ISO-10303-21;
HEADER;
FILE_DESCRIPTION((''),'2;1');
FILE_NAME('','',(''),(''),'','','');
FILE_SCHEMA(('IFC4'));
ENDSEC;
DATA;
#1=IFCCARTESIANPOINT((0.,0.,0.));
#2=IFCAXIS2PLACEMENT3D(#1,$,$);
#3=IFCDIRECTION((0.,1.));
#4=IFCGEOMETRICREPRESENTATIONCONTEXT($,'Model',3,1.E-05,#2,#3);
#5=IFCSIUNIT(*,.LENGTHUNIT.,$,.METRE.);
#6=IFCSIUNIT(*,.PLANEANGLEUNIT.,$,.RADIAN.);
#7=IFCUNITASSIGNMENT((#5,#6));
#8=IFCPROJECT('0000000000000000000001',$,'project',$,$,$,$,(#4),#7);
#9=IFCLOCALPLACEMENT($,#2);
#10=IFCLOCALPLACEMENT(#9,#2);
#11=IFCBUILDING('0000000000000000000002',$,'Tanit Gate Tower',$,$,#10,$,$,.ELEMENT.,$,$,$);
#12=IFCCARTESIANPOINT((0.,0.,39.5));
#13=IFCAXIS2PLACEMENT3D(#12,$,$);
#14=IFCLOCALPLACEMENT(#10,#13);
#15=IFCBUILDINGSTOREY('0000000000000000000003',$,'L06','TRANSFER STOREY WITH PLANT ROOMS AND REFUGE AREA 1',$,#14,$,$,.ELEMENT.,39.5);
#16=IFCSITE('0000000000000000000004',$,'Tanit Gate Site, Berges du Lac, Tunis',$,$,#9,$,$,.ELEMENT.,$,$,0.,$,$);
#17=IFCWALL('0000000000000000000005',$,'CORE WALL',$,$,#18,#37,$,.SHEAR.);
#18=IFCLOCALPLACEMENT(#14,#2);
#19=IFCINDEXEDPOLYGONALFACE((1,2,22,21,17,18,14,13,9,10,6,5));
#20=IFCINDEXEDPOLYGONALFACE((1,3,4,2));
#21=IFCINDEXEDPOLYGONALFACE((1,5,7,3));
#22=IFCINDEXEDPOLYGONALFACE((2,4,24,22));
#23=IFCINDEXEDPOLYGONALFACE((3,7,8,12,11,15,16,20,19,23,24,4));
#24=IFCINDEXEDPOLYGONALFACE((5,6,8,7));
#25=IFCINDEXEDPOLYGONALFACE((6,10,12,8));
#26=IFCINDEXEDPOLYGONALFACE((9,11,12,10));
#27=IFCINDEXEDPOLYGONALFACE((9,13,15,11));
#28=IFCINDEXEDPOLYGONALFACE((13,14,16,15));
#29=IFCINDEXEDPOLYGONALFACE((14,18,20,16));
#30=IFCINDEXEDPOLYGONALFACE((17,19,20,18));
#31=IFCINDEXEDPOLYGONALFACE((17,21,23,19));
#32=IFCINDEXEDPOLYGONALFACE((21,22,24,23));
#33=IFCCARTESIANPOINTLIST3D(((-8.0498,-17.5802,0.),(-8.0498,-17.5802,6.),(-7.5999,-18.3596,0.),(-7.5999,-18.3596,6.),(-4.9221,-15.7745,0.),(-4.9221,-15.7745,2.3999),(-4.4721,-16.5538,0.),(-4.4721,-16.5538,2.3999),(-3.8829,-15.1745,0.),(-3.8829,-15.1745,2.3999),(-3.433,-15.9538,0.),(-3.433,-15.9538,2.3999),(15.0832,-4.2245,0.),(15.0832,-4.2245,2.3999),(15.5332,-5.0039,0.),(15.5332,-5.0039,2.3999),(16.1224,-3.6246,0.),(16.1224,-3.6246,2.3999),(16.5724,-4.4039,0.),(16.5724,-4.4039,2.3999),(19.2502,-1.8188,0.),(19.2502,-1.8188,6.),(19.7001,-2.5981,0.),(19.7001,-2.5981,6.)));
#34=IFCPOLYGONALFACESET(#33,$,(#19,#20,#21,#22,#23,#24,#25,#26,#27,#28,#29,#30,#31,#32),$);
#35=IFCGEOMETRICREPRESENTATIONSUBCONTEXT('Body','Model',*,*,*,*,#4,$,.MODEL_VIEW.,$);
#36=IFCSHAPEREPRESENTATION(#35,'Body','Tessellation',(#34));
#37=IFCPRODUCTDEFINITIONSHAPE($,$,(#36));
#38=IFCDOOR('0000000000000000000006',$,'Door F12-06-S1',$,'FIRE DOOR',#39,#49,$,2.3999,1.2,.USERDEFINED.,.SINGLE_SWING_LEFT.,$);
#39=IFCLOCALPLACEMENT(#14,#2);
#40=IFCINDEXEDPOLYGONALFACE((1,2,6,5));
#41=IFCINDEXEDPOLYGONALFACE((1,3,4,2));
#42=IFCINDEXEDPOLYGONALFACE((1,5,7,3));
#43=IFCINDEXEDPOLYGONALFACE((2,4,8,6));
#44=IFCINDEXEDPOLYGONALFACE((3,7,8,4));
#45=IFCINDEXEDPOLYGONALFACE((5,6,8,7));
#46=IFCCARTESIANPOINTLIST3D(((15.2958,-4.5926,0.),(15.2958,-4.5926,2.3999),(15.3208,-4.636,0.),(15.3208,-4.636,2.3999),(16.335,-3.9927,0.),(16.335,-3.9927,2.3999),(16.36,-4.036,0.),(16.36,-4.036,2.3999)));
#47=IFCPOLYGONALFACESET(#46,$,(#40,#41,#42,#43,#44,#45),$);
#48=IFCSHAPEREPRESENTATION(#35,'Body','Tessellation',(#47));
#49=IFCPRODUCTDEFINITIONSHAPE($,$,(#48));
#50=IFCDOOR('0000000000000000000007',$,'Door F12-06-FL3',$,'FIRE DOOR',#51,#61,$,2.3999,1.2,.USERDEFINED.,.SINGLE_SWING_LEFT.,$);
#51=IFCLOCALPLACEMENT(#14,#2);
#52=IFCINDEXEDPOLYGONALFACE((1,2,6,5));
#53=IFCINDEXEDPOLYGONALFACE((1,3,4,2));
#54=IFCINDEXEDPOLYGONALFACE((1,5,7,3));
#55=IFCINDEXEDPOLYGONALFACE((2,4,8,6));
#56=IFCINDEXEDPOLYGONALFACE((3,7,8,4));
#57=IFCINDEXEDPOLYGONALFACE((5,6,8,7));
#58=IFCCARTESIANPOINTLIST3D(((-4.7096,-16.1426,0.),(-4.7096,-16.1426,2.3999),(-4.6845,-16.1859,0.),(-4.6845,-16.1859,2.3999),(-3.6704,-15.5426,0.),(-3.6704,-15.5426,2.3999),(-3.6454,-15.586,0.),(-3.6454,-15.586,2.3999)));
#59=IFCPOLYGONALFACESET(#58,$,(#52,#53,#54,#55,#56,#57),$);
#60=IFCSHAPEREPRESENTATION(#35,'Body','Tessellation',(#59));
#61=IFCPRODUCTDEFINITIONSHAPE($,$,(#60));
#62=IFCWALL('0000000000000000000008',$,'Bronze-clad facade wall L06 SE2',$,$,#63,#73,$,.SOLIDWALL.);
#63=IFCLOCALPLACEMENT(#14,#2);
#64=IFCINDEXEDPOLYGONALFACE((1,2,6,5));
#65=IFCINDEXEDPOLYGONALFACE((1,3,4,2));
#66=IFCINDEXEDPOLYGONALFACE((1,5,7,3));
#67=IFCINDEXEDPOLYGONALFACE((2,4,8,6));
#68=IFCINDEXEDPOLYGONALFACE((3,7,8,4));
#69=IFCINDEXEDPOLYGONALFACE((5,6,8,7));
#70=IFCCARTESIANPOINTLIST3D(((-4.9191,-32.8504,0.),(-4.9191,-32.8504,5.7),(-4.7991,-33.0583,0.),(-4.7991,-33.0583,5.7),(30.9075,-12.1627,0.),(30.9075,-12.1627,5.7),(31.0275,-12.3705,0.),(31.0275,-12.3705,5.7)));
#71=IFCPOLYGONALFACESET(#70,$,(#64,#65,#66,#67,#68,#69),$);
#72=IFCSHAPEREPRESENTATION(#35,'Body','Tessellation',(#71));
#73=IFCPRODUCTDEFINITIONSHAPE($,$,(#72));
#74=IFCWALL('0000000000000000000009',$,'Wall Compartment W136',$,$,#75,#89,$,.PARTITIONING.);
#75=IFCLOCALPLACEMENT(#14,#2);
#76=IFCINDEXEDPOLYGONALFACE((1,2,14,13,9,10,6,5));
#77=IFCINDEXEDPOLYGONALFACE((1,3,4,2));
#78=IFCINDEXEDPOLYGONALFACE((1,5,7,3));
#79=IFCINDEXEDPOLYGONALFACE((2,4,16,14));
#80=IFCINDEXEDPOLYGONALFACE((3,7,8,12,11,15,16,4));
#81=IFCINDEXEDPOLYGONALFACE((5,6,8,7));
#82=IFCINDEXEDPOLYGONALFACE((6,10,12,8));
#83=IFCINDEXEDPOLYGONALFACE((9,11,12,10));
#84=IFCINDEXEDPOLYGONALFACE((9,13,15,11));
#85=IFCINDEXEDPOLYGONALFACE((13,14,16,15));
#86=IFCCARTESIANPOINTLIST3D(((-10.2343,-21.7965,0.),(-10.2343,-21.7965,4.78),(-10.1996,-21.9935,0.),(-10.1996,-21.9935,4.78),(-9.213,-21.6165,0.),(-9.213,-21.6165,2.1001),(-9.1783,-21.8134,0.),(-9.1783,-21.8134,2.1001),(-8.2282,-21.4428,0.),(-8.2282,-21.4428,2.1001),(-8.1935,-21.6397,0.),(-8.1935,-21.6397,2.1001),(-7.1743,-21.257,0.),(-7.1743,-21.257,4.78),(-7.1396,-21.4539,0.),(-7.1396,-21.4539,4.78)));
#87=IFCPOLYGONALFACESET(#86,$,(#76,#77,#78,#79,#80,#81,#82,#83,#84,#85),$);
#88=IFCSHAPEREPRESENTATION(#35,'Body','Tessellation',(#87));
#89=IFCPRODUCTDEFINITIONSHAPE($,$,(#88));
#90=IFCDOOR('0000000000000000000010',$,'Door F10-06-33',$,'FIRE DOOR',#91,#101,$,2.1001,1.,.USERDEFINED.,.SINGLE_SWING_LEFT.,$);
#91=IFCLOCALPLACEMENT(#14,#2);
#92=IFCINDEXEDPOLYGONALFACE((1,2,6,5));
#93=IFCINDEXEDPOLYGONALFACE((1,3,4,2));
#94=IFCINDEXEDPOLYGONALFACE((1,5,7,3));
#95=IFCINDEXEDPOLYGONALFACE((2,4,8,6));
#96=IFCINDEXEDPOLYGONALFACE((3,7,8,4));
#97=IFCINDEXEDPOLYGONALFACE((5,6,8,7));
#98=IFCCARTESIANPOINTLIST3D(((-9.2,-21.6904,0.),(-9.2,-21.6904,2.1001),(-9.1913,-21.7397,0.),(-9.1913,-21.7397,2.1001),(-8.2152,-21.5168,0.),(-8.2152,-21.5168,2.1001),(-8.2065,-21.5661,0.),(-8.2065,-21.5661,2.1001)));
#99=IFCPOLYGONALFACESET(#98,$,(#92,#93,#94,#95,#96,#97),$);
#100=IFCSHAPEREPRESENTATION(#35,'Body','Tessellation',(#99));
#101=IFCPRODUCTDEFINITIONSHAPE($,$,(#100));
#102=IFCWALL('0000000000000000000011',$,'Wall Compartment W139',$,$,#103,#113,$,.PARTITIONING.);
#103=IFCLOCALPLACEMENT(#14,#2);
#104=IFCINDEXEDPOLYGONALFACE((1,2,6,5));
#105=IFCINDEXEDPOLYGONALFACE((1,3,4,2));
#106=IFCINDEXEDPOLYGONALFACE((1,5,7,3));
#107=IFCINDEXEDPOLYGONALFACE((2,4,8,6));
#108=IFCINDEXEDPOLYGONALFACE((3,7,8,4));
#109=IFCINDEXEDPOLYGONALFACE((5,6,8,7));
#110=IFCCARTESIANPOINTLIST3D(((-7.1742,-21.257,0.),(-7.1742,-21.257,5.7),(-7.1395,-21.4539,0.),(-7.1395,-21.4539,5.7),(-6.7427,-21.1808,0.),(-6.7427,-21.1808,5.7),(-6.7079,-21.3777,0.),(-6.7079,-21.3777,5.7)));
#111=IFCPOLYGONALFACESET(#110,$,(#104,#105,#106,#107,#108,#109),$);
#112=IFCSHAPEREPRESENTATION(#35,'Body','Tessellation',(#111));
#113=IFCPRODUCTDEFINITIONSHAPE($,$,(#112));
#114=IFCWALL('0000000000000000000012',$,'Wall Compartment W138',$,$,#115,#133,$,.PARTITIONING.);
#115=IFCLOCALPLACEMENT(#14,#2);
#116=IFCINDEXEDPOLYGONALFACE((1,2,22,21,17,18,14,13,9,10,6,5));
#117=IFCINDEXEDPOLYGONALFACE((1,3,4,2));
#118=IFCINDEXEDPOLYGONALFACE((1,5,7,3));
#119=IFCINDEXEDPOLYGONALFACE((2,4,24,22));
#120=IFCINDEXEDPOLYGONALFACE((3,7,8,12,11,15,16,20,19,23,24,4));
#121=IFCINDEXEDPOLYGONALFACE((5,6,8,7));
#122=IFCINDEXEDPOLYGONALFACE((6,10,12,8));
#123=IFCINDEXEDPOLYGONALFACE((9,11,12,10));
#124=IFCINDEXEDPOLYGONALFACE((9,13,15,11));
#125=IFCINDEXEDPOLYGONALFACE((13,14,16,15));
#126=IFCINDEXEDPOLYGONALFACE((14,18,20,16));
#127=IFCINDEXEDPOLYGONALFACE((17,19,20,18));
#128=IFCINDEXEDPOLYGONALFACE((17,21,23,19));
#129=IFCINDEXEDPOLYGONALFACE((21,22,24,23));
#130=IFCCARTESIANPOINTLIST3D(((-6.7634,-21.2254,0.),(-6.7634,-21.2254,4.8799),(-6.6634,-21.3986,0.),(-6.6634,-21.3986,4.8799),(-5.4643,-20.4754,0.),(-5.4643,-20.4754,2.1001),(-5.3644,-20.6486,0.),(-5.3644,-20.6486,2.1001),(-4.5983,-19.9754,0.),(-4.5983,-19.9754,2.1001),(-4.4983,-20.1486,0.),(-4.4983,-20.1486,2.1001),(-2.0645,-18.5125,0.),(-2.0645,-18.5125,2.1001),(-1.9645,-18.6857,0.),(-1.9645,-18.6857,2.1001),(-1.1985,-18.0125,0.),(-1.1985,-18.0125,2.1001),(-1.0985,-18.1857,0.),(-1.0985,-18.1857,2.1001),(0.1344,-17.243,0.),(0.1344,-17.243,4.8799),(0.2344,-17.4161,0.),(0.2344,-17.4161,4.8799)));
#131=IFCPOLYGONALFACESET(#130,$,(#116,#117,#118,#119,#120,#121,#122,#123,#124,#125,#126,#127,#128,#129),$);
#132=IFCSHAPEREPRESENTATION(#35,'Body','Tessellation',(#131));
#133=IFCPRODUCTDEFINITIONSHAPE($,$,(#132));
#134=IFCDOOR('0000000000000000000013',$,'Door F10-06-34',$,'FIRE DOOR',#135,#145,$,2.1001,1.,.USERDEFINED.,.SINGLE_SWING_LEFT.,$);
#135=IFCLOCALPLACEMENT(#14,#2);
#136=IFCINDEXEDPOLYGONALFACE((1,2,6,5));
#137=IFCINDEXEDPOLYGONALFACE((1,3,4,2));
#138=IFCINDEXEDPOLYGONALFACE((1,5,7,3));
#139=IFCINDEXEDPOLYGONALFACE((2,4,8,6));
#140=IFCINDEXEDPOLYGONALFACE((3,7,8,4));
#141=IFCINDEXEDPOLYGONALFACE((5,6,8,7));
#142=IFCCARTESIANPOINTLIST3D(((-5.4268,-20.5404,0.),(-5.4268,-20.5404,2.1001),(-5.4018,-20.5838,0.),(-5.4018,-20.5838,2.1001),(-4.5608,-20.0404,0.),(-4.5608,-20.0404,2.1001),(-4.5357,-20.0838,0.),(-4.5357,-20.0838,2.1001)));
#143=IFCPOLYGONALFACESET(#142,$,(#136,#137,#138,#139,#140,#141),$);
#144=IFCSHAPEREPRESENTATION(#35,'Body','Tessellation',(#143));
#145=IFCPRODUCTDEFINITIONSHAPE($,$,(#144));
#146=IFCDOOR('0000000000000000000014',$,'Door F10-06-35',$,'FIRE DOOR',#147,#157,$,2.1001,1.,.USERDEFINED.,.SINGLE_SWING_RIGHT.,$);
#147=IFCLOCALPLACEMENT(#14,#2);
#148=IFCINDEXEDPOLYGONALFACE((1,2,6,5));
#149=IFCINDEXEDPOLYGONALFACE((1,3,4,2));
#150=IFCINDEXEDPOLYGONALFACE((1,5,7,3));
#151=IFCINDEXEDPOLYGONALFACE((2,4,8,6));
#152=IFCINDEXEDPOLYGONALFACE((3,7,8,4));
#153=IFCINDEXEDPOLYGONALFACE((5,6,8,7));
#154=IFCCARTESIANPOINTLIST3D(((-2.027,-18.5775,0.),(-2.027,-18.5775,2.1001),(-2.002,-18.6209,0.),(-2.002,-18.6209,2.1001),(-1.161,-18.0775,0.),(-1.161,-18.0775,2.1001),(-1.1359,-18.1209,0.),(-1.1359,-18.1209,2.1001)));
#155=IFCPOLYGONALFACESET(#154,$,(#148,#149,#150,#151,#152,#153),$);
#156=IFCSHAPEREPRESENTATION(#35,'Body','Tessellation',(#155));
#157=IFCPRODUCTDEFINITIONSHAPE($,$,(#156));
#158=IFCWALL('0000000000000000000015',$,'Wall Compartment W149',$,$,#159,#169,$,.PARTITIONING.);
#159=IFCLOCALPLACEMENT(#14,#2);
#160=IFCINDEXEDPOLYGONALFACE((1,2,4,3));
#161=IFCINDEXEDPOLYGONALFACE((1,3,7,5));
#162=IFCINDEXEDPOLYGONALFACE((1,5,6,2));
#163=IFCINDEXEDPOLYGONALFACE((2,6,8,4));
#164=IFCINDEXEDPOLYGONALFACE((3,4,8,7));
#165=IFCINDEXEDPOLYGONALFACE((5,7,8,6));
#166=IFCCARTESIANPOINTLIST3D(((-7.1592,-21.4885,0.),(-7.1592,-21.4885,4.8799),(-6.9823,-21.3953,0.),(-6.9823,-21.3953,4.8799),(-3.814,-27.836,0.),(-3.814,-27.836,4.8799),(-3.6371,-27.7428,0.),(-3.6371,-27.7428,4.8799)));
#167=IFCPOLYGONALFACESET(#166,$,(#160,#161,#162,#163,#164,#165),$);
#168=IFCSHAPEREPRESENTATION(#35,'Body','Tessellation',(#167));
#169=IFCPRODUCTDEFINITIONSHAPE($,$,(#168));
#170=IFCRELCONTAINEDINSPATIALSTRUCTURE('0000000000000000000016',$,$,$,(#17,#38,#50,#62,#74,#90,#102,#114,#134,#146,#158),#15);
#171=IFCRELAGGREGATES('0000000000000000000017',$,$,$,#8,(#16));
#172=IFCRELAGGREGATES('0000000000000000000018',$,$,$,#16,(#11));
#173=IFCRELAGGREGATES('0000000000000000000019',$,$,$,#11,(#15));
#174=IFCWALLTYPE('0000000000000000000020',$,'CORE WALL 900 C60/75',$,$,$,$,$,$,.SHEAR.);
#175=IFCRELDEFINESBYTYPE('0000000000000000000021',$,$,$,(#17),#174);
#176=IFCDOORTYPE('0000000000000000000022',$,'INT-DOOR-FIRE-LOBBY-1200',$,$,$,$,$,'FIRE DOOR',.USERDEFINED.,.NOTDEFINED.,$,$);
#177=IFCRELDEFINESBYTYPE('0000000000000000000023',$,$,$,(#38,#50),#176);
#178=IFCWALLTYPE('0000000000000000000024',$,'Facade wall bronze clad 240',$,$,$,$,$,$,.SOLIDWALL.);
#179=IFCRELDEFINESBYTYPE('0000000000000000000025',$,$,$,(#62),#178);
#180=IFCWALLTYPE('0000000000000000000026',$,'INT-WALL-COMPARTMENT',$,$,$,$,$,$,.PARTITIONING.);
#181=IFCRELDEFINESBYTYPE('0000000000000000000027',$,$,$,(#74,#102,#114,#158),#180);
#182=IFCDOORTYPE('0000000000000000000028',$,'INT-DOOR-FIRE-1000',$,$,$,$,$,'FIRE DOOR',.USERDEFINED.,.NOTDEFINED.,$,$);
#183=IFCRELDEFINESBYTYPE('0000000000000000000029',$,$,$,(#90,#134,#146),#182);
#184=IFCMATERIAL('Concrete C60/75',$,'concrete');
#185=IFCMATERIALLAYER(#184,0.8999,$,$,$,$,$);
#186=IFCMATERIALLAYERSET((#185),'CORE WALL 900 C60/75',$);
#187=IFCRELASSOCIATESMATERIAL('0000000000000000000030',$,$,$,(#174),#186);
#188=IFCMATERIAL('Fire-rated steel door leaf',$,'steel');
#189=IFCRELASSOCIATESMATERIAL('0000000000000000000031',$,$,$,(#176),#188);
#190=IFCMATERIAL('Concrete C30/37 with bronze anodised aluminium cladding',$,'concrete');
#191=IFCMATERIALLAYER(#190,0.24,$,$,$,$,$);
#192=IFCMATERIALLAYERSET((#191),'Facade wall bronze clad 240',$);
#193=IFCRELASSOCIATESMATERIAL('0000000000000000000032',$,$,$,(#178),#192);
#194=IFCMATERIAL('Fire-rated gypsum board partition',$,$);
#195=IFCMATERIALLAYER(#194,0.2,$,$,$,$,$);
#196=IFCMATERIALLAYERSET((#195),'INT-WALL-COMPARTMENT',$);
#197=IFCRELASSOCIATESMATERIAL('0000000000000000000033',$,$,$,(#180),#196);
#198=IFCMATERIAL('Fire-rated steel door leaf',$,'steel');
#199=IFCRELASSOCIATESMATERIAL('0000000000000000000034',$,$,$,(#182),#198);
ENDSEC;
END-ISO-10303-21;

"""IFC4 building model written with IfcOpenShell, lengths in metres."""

from ifc_helpers import new_model, si_unit, direction, frame, frame_2d, origin, place, context, subcontext, project, spatial, rectangle, extrude, material, layer, layer_set, type_object, element, fill, save


model = new_model("IFC4")

# Units and contexts
model_context = context("Model", 3, precision=1e-05, world=origin(), true_north=direction((0.0, 1.0)))
body_context = subcontext(model_context, "Body", "Model", "MODEL_VIEW")
ifc_project = project(units=[si_unit("LENGTHUNIT", "METRE"), si_unit("PLANEANGLEUNIT", "RADIAN")], contexts=[model_context])

# Site, building, storey
site_placement = place(None, origin())
site = spatial("IfcSite", under=ifc_project, at=site_placement, Name="Tanit Gate Site, Berges du Lac, Tunis", CompositionType="ELEMENT", RefElevation=0.0)
building_placement = place(site_placement, origin())
building = spatial("IfcBuilding", under=site, at=building_placement, Name="Tanit Gate Tower", CompositionType="ELEMENT")
storey_placement = place(building_placement, frame((0.0, 0.0, 39.5)))
storey = spatial("IfcBuildingStorey", under=building, at=storey_placement, Name="L06", Description="TRANSFER STOREY WITH PLANT ROOMS AND REFUGE AREA 1", CompositionType="ELEMENT", Elevation=39.5)

# Wall, openings, doors
ifc_material_1 = material(Name="Concrete C60/75", Category="concrete")
ifc_layer_1 = layer(ifc_material_1, 0.8999)
ifc_layer_set_1 = layer_set([ifc_layer_1], Name="CORE WALL 900 C60/75")
wall_type_1 = type_object("IfcWallType", Name="CORE WALL 900 C60/75", PredefinedType="SHEAR", material=ifc_layer_set_1)
wall_1_placement = place(storey_placement, frame((-7.825, -17.97, 0.0), z_axis=(0.0, 0.0, 1.0), x_axis=(0.866028, 0.499995, 0.0)))
wall_1 = element("IfcWall", 1, at=wall_1_placement, inside=storey, type_object=wall_type_1, Name="CORE WALL", PredefinedType="SHEAR", context=body_context, shape_type="SweptSolid", body=[
    extrude(rectangle(XDim=31.5232, YDim=0.8999, at=frame_2d((15.7617, 0.0))), origin(), (0.0, 0.0, 1.0), 6.0),
])
opening_1_placement = place(wall_1_placement, frame((26.7117, 0.0, 0.0)))
opening_1 = element("IfcOpeningElement", 2, at=opening_1_placement, cuts=wall_1, PredefinedType="OPENING", context=body_context, shape_type="SweptSolid", body=[
    extrude(rectangle(XDim=1.2, YDim=2.3999, at=frame_2d((0.6001, 1.2))), frame((0.0, 0.46, 0.0), z_axis=(0.0, -1.0, 0.0), x_axis=(1.0, 0.0, 0.0)), (0.0, 0.0, 1.0), 0.9199),
])
opening_2_placement = place(wall_1_placement, frame((3.6116, 0.0, 0.0)))
opening_2 = element("IfcOpeningElement", 3, at=opening_2_placement, cuts=wall_1, PredefinedType="OPENING", context=body_context, shape_type="SweptSolid", body=[
    extrude(rectangle(XDim=1.2, YDim=2.3999, at=frame_2d((0.6001, 1.2))), frame((0.0, 0.46, 0.0), z_axis=(0.0, -1.0, 0.0), x_axis=(1.0, 0.0, 0.0)), (0.0, 0.0, 1.0), 0.9199),
])
ifc_material_2 = material(Name="Fire-rated steel door leaf", Category="steel")
door_type_1 = type_object("IfcDoorType", Name="INT-DOOR-FIRE-LOBBY-1200", ElementType="FIRE DOOR", OperationType="NOTDEFINED", PredefinedType="USERDEFINED", material=ifc_material_2)
door_1_placement = place(opening_1_placement, origin())
door_1 = element("IfcDoor", 4, at=door_1_placement, inside=storey, type_object=door_type_1, Name="Door F12-06-S1", ObjectType="FIRE DOOR", OperationType="SINGLE_SWING_LEFT", OverallHeight=2.3999, OverallWidth=1.2, PredefinedType="USERDEFINED", context=body_context, shape_type="SweptSolid", body=[
    extrude(rectangle(XDim=1.2, YDim=2.3999, at=frame_2d((0.6001, 1.2))), frame((0.0, 0.0249, 0.0), z_axis=(0.0, -1.0, 0.0), x_axis=(1.0, 0.0, 0.0)), (0.0, 0.0, 1.0), 0.05),
])
fill(opening_1, door_1)
door_2_placement = place(opening_2_placement, origin())
door_2 = element("IfcDoor", 5, at=door_2_placement, inside=storey, type_object=door_type_1, Name="Door F12-06-FL3", ObjectType="FIRE DOOR", OperationType="SINGLE_SWING_LEFT", OverallHeight=2.3999, OverallWidth=1.2, PredefinedType="USERDEFINED", context=body_context, shape_type="SweptSolid", body=[
    extrude(rectangle(XDim=1.2, YDim=2.3999, at=frame_2d((0.6001, 1.2))), frame((0.0, 0.0249, 0.0), z_axis=(0.0, -1.0, 0.0), x_axis=(1.0, 0.0, 0.0)), (0.0, 0.0, 1.0), 0.05),
])
fill(opening_2, door_2)

# Wall
ifc_material_3 = material(Name="Concrete C30/37 with bronze anodised aluminium cladding", Category="concrete")
ifc_layer_2 = layer(ifc_material_3, 0.24)
ifc_layer_set_2 = layer_set([ifc_layer_2], Name="Facade wall bronze clad 240")
wall_type_2 = type_object("IfcWallType", Name="Facade wall bronze clad 240", PredefinedType="SOLIDWALL", material=ifc_layer_set_2)
wall_2_placement = place(storey_placement, frame((-4.8591, -32.9543, 0.0), z_axis=(0.0, 0.0, 1.0), x_axis=(0.865992, 0.500058, 0.0)))
element("IfcWall", 6, at=wall_2_placement, inside=storey, type_object=wall_type_2, Name="Bronze-clad facade wall L06 SE2", PredefinedType="SOLIDWALL", context=body_context, shape_type="SweptSolid", body=[
    extrude(rectangle(XDim=41.3706, YDim=0.24, at=frame_2d((20.6853, 0.0))), origin(), (0.0, 0.0, 1.0), 5.7),
])

# Wall, opening, door
ifc_material_4 = material(Name="Fire-rated gypsum board partition")
ifc_layer_3 = layer(ifc_material_4, 0.2)
ifc_layer_set_3 = layer_set([ifc_layer_3], Name="INT-WALL-COMPARTMENT")
wall_type_3 = type_object("IfcWallType", Name="INT-WALL-COMPARTMENT", PredefinedType="PARTITIONING", material=ifc_layer_set_3)
wall_3_placement = place(storey_placement, frame((-10.217, -21.895, 0.0), z_axis=(0.0, 0.0, 1.0), x_axis=(0.984809, 0.173642, 0.0)))
wall_3 = element("IfcWall", 7, at=wall_3_placement, inside=storey, type_object=wall_type_3, Name="Wall Compartment W136", PredefinedType="PARTITIONING", context=body_context, shape_type="SweptSolid", body=[
    extrude(rectangle(XDim=3.1072, YDim=0.2, at=frame_2d((1.5537, 0.0))), origin(), (0.0, 0.0, 1.0), 4.78),
])
opening_3_placement = place(wall_3_placement, frame((1.0371, 0.0, 0.0)))
opening_3 = element("IfcOpeningElement", 8, at=opening_3_placement, cuts=wall_3, PredefinedType="OPENING", context=body_context, shape_type="SweptSolid", body=[
    extrude(rectangle(XDim=1.0, YDim=2.1001, at=frame_2d((0.5, 1.05))), frame((0.0, 0.1099, 0.0), z_axis=(0.0, -1.0, 0.0), x_axis=(1.0, 0.0, 0.0)), (0.0, 0.0, 1.0), 0.22),
])
ifc_material_5 = material(Name="Fire-rated steel door leaf", Category="steel")
door_type_2 = type_object("IfcDoorType", Name="INT-DOOR-FIRE-1000", ElementType="FIRE DOOR", OperationType="NOTDEFINED", PredefinedType="USERDEFINED", material=ifc_material_5)
door_3_placement = place(opening_3_placement, origin())
door_3 = element("IfcDoor", 9, at=door_3_placement, inside=storey, type_object=door_type_2, Name="Door F10-06-33", ObjectType="FIRE DOOR", OperationType="SINGLE_SWING_LEFT", OverallHeight=2.1001, OverallWidth=1.0, PredefinedType="USERDEFINED", context=body_context, shape_type="SweptSolid", body=[
    extrude(rectangle(XDim=1.0, YDim=2.1001, at=frame_2d((0.5, 1.05))), frame((0.0, 0.0249, 0.0), z_axis=(0.0, -1.0, 0.0), x_axis=(1.0, 0.0, 0.0)), (0.0, 0.0, 1.0), 0.05),
])
fill(opening_3, door_3)

# Wall
wall_4_placement = place(storey_placement, frame((-7.157, -21.3555, 0.0), z_axis=(0.0, 0.0, 1.0), x_axis=(0.984784, 0.173785, 0.0)))
element("IfcWall", 10, at=wall_4_placement, inside=storey, type_object=wall_type_3, Name="Wall Compartment W139", PredefinedType="PARTITIONING", context=body_context, shape_type="SweptSolid", body=[
    extrude(rectangle(XDim=0.4382, YDim=0.2, at=frame_2d((0.2192, 0.0))), origin(), (0.0, 0.0, 1.0), 5.7),
])

# Wall, openings, doors
wall_5_placement = place(storey_placement, frame((-6.7134, -21.312, 0.0), z_axis=(0.0, 0.0, 1.0), x_axis=(0.866024, 0.500003, 0.0)))
wall_5 = element("IfcWall", 11, at=wall_5_placement, inside=storey, type_object=wall_type_3, Name="Wall Compartment W138", PredefinedType="PARTITIONING", context=body_context, shape_type="SweptSolid", body=[
    extrude(rectangle(XDim=7.9648, YDim=0.2, at=frame_2d((3.9824, 0.0))), origin(), (0.0, 0.0, 1.0), 4.8799),
])
opening_4_placement = place(wall_5_placement, frame((1.5, 0.0, 0.0)))
opening_4 = element("IfcOpeningElement", 12, at=opening_4_placement, cuts=wall_5, PredefinedType="OPENING", context=body_context, shape_type="SweptSolid", body=[
    extrude(rectangle(XDim=1.0, YDim=2.1001, at=frame_2d((0.5, 1.05))), frame((0.0, 0.1099, 0.0), z_axis=(0.0, -1.0, 0.0), x_axis=(1.0, 0.0, 0.0)), (0.0, 0.0, 1.0), 0.22),
])
opening_5_placement = place(wall_5_placement, frame((5.4258, 0.0, 0.0)))
opening_5 = element("IfcOpeningElement", 13, at=opening_5_placement, cuts=wall_5, PredefinedType="OPENING", context=body_context, shape_type="SweptSolid", body=[
    extrude(rectangle(XDim=1.0, YDim=2.1001, at=frame_2d((0.5, 1.05))), frame((0.0, 0.1099, 0.0), z_axis=(0.0, -1.0, 0.0), x_axis=(1.0, 0.0, 0.0)), (0.0, 0.0, 1.0), 0.22),
])
door_4_placement = place(opening_4_placement, origin())
door_4 = element("IfcDoor", 14, at=door_4_placement, inside=storey, type_object=door_type_2, Name="Door F10-06-34", ObjectType="FIRE DOOR", OperationType="SINGLE_SWING_LEFT", OverallHeight=2.1001, OverallWidth=1.0, PredefinedType="USERDEFINED", context=body_context, shape_type="SweptSolid", body=[
    extrude(rectangle(XDim=1.0, YDim=2.1001, at=frame_2d((0.5, 1.05))), frame((0.0, 0.0249, 0.0), z_axis=(0.0, -1.0, 0.0), x_axis=(1.0, 0.0, 0.0)), (0.0, 0.0, 1.0), 0.05),
])
fill(opening_4, door_4)
door_5_placement = place(opening_5_placement, origin())
door_5 = element("IfcDoor", 15, at=door_5_placement, inside=storey, type_object=door_type_2, Name="Door F10-06-35", ObjectType="FIRE DOOR", OperationType="SINGLE_SWING_RIGHT", OverallHeight=2.1001, OverallWidth=1.0, PredefinedType="USERDEFINED", context=body_context, shape_type="SweptSolid", body=[
    extrude(rectangle(XDim=1.0, YDim=2.1001, at=frame_2d((0.5, 1.05))), frame((0.0, 0.0249, 0.0), z_axis=(0.0, -1.0, 0.0), x_axis=(1.0, 0.0, 0.0)), (0.0, 0.0, 1.0), 0.05),
])
fill(opening_5, door_5)

# Wall
wall_6_placement = place(storey_placement, frame((-3.7256, -27.7893, 0.0), z_axis=(0.0, 0.0, 1.0), x_axis=(-0.466234, 0.884661, 0.0)))
element("IfcWall", 16, at=wall_6_placement, inside=storey, type_object=wall_type_3, Name="Wall Compartment W149", PredefinedType="PARTITIONING", context=body_context, shape_type="SweptSolid", body=[
    extrude(rectangle(XDim=7.175, YDim=0.2, at=frame_2d((3.5874, 0.0))), origin(), (0.0, 0.0, 1.0), 4.8799),
])

save(model, "model.ifc")
